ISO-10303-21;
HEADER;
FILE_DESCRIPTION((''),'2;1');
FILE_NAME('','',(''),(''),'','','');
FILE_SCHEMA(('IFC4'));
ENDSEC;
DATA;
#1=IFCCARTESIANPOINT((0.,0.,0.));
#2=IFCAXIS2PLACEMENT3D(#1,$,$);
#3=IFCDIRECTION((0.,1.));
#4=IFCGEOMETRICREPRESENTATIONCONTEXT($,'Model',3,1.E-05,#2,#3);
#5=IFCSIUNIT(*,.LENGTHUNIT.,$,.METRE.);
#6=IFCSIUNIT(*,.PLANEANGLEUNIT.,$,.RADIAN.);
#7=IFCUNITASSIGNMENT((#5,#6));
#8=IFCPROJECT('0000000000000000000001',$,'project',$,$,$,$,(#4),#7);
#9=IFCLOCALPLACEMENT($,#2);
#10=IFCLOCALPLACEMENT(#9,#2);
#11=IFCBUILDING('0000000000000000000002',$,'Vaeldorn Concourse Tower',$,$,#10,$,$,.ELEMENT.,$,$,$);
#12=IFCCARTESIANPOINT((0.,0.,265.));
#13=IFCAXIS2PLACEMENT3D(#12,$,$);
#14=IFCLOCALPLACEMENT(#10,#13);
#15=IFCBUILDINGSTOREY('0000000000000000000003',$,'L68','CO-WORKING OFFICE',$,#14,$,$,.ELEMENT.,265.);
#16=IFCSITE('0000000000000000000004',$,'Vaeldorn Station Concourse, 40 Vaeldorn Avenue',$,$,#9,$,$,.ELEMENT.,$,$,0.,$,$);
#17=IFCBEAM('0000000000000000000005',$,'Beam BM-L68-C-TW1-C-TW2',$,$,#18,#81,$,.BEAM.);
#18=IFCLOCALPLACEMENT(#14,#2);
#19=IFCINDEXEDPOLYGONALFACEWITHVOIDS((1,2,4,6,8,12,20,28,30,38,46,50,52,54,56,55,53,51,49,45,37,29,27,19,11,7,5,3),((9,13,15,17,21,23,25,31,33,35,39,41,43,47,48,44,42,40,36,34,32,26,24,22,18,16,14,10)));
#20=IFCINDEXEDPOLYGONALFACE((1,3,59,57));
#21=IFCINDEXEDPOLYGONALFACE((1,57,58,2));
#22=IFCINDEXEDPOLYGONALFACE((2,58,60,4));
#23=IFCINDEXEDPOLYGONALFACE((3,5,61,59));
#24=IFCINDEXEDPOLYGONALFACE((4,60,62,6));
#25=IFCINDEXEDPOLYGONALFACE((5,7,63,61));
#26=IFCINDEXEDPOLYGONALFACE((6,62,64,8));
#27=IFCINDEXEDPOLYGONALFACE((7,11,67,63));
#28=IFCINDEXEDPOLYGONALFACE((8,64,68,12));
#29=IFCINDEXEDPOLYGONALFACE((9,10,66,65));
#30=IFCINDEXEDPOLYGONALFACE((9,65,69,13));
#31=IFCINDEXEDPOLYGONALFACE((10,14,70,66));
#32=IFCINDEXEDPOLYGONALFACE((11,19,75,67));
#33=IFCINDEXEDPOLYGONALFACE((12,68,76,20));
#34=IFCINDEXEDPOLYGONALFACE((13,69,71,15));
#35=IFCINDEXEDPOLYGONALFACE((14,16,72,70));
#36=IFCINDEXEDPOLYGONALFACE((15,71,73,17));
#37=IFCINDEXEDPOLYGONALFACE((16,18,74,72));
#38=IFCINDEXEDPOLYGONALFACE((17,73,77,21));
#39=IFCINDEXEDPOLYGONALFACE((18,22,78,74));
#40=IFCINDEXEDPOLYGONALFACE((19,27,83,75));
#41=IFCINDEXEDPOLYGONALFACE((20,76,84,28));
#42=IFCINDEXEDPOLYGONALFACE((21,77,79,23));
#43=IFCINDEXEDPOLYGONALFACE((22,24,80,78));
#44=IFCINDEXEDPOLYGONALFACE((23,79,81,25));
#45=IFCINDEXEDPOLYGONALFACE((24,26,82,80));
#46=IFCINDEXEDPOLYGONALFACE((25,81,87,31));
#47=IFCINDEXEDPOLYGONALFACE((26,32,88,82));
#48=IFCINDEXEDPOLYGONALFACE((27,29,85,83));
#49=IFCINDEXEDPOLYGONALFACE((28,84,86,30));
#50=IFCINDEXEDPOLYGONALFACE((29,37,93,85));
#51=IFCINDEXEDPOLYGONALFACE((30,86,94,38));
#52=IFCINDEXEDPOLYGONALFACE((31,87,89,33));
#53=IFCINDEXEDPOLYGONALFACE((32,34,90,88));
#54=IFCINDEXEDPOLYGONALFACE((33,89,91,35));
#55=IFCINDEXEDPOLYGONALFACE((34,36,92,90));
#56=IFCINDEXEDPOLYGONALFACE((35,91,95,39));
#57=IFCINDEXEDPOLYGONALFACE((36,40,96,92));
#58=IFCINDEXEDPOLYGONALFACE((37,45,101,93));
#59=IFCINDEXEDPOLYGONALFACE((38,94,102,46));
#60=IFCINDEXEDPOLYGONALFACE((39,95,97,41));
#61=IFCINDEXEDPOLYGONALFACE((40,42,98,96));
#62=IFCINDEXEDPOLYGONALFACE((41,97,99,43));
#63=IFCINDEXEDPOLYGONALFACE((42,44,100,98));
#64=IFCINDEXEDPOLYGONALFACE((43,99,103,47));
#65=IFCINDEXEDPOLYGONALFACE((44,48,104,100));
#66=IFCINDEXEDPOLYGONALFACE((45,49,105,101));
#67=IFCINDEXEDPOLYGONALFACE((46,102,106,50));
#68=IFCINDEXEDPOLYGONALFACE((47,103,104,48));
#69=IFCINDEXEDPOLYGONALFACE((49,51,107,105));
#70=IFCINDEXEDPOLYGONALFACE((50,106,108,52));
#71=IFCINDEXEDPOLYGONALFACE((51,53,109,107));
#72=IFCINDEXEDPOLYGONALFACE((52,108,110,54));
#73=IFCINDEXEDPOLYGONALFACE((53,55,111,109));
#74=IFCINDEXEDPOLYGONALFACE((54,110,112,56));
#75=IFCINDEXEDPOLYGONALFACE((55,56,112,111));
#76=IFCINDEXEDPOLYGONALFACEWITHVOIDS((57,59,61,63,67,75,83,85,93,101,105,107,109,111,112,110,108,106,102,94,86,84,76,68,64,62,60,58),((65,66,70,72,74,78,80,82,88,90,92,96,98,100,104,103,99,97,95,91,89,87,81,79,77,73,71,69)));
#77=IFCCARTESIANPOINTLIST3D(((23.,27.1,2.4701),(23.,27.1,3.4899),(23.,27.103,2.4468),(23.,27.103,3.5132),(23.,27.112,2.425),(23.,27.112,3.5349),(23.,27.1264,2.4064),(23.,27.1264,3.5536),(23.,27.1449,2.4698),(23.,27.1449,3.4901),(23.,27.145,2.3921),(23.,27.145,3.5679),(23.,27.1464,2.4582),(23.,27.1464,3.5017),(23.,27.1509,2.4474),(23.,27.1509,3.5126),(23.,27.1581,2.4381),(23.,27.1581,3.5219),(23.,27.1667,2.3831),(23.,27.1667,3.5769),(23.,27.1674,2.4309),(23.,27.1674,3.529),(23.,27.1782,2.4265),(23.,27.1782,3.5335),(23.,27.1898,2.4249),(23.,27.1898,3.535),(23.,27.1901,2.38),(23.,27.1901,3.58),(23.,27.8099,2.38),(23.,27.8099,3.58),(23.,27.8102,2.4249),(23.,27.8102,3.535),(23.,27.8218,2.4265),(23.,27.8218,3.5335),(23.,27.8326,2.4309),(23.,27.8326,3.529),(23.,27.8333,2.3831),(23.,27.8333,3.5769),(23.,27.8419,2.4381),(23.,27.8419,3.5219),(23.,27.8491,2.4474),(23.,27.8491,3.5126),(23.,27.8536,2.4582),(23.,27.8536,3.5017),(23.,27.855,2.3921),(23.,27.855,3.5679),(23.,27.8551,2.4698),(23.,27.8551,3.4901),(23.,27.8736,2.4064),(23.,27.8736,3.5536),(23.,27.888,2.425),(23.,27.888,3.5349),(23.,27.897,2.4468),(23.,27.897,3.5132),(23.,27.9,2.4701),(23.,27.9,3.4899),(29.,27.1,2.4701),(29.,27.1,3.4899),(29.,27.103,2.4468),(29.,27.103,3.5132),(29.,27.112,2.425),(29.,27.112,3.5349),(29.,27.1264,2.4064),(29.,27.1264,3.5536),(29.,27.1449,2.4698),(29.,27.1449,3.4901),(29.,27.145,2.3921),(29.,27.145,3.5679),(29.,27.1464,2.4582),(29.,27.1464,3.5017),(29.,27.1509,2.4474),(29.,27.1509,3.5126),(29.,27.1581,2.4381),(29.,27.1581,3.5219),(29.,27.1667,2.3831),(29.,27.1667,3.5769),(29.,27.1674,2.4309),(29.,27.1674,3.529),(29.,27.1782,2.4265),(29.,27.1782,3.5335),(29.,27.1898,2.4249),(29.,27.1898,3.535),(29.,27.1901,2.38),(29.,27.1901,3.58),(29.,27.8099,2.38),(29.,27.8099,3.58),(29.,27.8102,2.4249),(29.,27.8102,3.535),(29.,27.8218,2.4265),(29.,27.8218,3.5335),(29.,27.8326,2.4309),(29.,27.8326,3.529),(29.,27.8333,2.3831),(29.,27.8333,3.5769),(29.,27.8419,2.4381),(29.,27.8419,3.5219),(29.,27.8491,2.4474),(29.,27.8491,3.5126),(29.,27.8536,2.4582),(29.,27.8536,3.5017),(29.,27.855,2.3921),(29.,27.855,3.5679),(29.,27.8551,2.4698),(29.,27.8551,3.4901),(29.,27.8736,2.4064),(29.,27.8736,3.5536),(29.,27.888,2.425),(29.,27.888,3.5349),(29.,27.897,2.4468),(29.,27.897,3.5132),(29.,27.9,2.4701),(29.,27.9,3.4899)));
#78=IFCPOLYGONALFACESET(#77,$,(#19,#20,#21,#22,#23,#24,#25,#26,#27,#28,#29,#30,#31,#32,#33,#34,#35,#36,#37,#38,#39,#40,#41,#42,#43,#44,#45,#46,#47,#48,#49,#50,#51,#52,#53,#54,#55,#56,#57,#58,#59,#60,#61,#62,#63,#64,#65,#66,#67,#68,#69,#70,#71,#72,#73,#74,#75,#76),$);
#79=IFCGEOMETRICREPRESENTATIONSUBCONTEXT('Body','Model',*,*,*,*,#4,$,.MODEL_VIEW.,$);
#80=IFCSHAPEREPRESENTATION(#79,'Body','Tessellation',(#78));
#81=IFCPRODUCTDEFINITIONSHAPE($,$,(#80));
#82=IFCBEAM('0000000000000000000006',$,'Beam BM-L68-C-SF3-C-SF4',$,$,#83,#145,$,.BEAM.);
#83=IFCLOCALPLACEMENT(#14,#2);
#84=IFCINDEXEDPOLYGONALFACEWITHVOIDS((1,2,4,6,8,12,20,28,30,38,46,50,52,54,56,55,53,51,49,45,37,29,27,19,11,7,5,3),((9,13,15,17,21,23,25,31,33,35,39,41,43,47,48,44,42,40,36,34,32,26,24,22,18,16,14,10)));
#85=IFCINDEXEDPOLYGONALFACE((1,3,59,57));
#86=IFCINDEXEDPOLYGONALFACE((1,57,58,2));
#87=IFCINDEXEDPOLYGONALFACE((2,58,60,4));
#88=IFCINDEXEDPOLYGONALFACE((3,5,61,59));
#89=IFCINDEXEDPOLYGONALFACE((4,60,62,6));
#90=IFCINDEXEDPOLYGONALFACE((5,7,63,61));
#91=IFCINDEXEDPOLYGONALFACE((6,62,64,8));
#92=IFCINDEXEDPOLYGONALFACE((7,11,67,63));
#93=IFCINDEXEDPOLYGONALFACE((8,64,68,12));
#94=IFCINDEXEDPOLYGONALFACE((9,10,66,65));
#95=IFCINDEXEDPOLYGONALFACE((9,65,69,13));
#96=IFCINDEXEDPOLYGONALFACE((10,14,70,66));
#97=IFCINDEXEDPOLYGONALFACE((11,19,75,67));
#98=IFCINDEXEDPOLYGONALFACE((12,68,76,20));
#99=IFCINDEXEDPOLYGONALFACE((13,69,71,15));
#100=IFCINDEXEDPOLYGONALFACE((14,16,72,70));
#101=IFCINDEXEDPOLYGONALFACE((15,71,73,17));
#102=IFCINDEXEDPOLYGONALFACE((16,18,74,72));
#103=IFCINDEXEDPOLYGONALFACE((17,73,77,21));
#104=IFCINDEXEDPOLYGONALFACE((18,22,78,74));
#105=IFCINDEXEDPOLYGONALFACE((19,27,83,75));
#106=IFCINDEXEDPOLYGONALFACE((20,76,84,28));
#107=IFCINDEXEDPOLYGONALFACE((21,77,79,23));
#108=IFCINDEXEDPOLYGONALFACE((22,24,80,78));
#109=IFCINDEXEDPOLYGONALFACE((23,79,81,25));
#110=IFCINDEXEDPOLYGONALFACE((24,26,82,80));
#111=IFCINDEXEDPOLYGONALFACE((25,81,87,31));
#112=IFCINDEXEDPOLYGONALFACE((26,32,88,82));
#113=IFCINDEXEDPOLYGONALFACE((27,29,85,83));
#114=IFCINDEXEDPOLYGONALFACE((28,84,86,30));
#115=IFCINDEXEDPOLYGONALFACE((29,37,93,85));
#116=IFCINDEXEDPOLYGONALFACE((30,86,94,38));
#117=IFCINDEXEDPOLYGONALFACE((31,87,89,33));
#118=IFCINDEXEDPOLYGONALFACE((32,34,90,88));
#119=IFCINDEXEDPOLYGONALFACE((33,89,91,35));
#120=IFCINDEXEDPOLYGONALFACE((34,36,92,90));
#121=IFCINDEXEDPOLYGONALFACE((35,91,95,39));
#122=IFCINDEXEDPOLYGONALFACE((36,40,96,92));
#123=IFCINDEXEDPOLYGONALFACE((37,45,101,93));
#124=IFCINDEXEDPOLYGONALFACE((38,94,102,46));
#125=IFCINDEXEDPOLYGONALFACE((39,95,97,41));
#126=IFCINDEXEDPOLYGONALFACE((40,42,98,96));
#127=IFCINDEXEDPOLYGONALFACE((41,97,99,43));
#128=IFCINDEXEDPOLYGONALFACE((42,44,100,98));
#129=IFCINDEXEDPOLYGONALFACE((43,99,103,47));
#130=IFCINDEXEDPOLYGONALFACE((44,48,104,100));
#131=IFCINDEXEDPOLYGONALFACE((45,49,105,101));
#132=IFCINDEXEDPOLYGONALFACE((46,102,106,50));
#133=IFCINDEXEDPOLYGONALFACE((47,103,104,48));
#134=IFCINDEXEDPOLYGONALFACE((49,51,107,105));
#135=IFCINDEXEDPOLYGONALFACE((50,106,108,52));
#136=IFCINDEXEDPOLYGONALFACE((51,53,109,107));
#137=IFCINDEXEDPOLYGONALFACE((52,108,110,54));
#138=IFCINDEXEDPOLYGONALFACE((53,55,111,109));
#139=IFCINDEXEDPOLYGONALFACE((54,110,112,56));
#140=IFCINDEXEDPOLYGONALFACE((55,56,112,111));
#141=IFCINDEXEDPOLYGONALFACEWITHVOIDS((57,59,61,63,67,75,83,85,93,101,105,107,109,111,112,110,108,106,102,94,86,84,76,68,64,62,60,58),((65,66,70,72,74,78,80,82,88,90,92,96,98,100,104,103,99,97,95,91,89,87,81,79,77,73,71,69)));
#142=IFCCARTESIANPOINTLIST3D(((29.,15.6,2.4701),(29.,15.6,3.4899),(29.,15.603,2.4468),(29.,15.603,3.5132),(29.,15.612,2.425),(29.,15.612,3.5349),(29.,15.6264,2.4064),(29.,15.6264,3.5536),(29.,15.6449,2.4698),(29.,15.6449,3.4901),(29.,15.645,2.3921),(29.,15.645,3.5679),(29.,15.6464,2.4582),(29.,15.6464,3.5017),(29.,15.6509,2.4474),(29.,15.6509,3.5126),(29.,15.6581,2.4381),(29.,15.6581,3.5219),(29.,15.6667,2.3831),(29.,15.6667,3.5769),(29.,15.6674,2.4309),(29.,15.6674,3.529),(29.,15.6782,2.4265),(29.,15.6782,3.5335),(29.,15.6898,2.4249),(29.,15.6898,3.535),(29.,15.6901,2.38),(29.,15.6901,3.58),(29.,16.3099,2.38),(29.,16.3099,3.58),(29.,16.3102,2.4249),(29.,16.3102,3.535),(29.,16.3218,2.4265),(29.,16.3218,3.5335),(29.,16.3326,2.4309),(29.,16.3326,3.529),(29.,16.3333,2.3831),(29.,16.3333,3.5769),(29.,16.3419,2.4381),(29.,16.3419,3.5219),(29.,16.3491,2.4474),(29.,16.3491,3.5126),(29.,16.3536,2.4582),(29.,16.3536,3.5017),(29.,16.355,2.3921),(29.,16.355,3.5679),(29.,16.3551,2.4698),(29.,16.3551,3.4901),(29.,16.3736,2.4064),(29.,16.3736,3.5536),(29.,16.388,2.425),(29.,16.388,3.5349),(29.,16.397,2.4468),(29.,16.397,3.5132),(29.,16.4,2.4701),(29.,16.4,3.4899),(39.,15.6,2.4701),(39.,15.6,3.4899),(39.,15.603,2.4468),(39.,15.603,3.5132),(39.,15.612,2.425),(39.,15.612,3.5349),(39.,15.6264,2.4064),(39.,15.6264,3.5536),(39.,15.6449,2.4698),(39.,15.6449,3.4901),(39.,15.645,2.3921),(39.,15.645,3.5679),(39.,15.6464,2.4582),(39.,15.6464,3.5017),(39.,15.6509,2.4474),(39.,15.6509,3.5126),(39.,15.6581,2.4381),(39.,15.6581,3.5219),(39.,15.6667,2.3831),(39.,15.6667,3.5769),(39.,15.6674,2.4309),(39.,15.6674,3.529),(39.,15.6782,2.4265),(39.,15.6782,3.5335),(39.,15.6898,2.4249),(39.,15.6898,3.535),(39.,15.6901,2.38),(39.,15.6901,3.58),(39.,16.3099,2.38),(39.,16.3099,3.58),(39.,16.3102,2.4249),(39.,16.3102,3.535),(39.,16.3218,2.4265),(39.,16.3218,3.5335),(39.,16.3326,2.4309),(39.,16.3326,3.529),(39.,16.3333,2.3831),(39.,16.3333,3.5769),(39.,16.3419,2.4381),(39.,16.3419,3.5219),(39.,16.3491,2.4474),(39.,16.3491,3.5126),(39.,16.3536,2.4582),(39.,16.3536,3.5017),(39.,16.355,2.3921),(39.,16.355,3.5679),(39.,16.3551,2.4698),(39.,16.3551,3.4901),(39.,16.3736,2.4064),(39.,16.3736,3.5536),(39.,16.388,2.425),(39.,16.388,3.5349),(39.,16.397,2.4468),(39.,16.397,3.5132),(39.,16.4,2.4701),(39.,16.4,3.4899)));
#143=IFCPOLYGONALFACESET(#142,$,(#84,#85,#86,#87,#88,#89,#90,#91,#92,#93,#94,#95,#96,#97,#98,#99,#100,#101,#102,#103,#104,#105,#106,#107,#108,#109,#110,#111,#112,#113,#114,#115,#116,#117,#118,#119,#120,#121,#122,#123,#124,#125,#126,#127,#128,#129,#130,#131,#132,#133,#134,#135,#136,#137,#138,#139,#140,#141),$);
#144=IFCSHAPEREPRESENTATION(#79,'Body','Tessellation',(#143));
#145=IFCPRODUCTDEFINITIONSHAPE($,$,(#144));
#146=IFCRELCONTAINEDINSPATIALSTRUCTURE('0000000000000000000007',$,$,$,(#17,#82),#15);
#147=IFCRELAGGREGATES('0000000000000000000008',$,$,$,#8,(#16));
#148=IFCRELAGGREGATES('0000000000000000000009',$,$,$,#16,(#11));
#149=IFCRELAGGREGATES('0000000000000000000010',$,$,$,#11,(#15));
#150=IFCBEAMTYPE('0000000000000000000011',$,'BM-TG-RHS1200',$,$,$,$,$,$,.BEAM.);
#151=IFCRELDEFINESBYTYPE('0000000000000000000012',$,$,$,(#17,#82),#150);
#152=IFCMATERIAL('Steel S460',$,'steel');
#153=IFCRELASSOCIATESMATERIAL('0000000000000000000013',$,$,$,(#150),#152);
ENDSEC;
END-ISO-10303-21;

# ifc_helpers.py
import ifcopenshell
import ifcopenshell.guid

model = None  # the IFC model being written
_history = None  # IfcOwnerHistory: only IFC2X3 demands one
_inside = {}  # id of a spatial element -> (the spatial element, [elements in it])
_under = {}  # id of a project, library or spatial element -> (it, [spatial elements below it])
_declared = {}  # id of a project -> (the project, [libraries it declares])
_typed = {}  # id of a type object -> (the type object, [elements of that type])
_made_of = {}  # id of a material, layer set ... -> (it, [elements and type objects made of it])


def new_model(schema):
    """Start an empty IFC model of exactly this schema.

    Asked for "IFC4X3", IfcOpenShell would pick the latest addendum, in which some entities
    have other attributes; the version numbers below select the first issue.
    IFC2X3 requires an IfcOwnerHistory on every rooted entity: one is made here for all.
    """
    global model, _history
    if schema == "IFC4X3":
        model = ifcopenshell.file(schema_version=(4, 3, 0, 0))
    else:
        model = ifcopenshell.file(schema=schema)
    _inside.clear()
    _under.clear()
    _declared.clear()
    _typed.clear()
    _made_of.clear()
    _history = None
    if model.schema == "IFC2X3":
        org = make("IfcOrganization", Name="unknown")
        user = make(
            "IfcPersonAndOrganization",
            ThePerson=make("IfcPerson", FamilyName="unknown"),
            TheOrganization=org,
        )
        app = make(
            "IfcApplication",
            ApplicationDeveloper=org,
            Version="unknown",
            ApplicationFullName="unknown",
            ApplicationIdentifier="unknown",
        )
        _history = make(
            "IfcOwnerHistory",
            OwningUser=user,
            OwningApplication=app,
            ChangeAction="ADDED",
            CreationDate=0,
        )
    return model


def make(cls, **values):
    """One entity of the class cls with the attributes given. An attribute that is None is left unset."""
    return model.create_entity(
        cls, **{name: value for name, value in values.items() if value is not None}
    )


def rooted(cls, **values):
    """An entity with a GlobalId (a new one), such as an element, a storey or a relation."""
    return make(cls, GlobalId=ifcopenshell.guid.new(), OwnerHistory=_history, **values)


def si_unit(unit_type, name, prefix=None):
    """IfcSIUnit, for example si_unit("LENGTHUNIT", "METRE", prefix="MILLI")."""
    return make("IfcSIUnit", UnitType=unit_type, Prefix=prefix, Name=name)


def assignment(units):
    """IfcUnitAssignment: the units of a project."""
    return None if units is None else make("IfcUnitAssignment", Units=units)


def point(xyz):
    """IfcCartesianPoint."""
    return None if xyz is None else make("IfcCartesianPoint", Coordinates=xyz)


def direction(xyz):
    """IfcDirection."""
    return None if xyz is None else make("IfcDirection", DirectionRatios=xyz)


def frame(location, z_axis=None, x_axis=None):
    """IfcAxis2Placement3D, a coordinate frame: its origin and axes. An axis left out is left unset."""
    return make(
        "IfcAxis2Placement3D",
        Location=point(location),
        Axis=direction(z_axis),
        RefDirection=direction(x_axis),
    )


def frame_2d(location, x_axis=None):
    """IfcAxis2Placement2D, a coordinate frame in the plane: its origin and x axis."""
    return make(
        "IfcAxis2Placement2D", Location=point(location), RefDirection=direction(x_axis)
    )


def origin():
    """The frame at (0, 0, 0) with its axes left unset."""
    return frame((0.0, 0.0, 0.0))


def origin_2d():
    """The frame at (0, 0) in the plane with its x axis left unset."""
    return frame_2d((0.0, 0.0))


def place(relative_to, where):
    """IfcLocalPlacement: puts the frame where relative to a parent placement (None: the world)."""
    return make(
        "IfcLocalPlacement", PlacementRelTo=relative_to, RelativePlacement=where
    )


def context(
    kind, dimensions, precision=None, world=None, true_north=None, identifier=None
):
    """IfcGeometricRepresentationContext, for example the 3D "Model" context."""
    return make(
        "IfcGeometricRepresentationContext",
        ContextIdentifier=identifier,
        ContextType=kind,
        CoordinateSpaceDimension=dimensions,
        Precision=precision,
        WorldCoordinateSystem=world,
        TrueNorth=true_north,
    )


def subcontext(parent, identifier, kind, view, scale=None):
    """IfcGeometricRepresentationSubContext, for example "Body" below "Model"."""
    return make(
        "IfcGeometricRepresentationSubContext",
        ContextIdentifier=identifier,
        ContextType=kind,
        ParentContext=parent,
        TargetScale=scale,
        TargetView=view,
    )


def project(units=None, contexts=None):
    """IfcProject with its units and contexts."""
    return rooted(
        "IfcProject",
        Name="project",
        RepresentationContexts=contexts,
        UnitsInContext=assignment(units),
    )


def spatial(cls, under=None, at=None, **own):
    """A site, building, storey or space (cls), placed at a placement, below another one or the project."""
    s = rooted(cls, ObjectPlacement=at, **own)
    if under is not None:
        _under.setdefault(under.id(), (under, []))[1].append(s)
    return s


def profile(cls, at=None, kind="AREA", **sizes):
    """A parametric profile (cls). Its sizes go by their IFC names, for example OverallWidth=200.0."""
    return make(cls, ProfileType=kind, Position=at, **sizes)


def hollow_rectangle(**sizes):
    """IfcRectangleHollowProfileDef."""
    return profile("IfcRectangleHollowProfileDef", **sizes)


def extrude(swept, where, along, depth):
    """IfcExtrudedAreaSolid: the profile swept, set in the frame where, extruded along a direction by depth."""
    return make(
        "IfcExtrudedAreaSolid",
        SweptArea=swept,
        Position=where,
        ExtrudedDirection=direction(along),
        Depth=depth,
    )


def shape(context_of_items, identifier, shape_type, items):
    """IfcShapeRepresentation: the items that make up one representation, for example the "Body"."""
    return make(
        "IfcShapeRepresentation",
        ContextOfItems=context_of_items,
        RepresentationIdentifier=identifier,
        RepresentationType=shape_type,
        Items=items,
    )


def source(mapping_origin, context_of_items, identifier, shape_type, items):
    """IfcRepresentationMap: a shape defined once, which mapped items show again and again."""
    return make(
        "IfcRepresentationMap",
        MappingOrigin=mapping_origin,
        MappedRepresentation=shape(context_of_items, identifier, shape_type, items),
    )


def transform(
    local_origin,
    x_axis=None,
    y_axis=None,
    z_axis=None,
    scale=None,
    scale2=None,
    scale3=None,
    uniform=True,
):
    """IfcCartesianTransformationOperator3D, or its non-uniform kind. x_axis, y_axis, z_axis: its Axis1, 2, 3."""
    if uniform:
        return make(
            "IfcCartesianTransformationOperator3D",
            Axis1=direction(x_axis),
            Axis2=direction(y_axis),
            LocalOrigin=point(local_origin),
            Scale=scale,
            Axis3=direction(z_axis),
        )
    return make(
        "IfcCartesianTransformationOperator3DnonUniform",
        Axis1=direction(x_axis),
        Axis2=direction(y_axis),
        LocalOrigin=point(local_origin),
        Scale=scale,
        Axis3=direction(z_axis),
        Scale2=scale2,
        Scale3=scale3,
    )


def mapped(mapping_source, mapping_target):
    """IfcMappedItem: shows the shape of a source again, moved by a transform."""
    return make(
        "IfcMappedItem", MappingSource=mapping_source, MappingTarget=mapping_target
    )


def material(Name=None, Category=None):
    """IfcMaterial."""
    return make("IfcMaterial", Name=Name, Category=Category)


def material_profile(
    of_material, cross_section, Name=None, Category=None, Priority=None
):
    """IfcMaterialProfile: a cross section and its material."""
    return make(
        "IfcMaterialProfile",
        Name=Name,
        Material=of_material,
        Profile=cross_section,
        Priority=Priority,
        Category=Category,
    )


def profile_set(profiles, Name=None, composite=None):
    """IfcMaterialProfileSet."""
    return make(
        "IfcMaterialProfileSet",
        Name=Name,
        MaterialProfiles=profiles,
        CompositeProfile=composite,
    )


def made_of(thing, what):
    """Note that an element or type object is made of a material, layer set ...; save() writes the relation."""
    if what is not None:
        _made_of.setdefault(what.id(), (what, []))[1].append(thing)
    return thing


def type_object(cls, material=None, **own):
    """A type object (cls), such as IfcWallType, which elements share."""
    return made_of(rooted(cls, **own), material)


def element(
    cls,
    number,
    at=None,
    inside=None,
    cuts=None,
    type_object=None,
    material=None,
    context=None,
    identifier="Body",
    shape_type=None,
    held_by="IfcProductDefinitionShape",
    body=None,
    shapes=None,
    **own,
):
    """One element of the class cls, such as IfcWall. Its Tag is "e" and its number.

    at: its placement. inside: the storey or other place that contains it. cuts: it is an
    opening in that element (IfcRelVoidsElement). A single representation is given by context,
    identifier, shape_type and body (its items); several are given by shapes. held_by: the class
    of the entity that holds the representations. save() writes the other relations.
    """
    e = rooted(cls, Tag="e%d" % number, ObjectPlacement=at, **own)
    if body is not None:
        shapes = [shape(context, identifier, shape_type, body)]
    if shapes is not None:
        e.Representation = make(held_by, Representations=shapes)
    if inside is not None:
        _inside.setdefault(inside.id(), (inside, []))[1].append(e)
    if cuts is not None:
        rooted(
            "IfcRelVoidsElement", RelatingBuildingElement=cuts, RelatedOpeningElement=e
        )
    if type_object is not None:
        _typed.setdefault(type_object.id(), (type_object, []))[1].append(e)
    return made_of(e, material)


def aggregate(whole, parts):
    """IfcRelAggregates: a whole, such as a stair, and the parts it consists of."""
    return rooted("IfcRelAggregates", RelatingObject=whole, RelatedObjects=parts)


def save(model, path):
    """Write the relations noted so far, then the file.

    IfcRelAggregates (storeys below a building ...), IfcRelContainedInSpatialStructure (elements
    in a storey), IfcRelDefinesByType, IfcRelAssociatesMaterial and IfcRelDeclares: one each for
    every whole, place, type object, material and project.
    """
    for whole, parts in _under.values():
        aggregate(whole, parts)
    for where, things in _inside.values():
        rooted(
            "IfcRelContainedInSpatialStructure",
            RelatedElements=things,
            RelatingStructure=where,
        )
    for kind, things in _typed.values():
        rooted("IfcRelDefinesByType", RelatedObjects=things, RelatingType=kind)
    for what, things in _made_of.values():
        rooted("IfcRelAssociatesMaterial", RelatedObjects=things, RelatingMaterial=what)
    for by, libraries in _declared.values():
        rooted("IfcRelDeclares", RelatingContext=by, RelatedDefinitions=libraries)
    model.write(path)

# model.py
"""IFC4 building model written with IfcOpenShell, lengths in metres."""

from ifc_helpers import new_model, si_unit, direction, frame, origin, origin_2d, place, context, subcontext, project, spatial, hollow_rectangle, extrude, source, transform, mapped, material, material_profile, profile_set, type_object, element, save


model = new_model("IFC4")

# Units and contexts
model_context = context("Model", 3, precision=1e-05, world=origin(), true_north=direction((0.0, 1.0)))
body_context = subcontext(model_context, "Body", "Model", "MODEL_VIEW")
ifc_project = project(units=[si_unit("LENGTHUNIT", "METRE"), si_unit("PLANEANGLEUNIT", "RADIAN")], contexts=[model_context])

# Site, building, storey
site_placement = place(None, origin())
site = spatial("IfcSite", under=ifc_project, at=site_placement, Name="Vaeldorn Station Concourse, 40 Vaeldorn Avenue", CompositionType="ELEMENT", RefElevation=0.0)
building_placement = place(site_placement, origin())
building = spatial("IfcBuilding", under=site, at=building_placement, Name="Vaeldorn Concourse Tower", CompositionType="ELEMENT")
storey_placement = place(building_placement, frame((0.0, 0.0, 265.0)))
storey = spatial("IfcBuildingStorey", under=building, at=storey_placement, Name="L68", Description="CO-WORKING OFFICE", CompositionType="ELEMENT", Elevation=265.0)

# Beams
ifc_material_1 = material(Name="Steel S460", Category="steel")
ifc_material_profile_1 = material_profile(ifc_material_1, hollow_rectangle(XDim=0.8, YDim=1.2, WallThickness=0.0449, InnerFilletRadius=0.0449, OuterFilletRadius=0.0901, at=origin_2d()), Name="RHS 1200x800x45")
ifc_profile_set_1 = profile_set([ifc_material_profile_1], Name="Steel S460")
beam_type_1 = type_object("IfcBeamType", Name="BM-TG-RHS1200", PredefinedType="BEAM", material=ifc_profile_set_1)
shared_shape_1 = source(origin(), body_context, "Body", "SweptSolid", [
    extrude(hollow_rectangle(XDim=0.8, YDim=1.2, WallThickness=0.0449, InnerFilletRadius=0.0449, OuterFilletRadius=0.0901, at=origin_2d()), origin(), (0.0, 0.0, 1.0), 6.0),
])
beam_1_placement = place(storey_placement, frame((23.0, 27.5, 2.98), z_axis=(1.0, 0.0, 0.0), x_axis=(0.0, 1.0, 0.0)))
element("IfcBeam", 1, at=beam_1_placement, inside=storey, type_object=beam_type_1, Name="Beam BM-L68-C-TW1-C-TW2", PredefinedType="BEAM", context=body_context, shape_type="MappedRepresentation", body=[
    mapped(shared_shape_1, transform((0.0, 0.0, 0.0), scale=1.0)),
])
shared_shape_2 = source(origin(), body_context, "Body", "SweptSolid", [
    extrude(hollow_rectangle(XDim=0.8, YDim=1.2, WallThickness=0.0449, InnerFilletRadius=0.0449, OuterFilletRadius=0.0901, at=origin_2d()), origin(), (0.0, 0.0, 1.0), 10.0),
])
beam_2_placement = place(storey_placement, frame((29.0, 16.0, 2.98), z_axis=(1.0, 0.0, 0.0), x_axis=(0.0, 1.0, 0.0)))
element("IfcBeam", 2, at=beam_2_placement, inside=storey, type_object=beam_type_1, Name="Beam BM-L68-C-SF3-C-SF4", PredefinedType="BEAM", context=body_context, shape_type="MappedRepresentation", body=[
    mapped(shared_shape_2, transform((0.0, 0.0, 0.0), scale=1.0)),
])

save(model, "model.ifc")
